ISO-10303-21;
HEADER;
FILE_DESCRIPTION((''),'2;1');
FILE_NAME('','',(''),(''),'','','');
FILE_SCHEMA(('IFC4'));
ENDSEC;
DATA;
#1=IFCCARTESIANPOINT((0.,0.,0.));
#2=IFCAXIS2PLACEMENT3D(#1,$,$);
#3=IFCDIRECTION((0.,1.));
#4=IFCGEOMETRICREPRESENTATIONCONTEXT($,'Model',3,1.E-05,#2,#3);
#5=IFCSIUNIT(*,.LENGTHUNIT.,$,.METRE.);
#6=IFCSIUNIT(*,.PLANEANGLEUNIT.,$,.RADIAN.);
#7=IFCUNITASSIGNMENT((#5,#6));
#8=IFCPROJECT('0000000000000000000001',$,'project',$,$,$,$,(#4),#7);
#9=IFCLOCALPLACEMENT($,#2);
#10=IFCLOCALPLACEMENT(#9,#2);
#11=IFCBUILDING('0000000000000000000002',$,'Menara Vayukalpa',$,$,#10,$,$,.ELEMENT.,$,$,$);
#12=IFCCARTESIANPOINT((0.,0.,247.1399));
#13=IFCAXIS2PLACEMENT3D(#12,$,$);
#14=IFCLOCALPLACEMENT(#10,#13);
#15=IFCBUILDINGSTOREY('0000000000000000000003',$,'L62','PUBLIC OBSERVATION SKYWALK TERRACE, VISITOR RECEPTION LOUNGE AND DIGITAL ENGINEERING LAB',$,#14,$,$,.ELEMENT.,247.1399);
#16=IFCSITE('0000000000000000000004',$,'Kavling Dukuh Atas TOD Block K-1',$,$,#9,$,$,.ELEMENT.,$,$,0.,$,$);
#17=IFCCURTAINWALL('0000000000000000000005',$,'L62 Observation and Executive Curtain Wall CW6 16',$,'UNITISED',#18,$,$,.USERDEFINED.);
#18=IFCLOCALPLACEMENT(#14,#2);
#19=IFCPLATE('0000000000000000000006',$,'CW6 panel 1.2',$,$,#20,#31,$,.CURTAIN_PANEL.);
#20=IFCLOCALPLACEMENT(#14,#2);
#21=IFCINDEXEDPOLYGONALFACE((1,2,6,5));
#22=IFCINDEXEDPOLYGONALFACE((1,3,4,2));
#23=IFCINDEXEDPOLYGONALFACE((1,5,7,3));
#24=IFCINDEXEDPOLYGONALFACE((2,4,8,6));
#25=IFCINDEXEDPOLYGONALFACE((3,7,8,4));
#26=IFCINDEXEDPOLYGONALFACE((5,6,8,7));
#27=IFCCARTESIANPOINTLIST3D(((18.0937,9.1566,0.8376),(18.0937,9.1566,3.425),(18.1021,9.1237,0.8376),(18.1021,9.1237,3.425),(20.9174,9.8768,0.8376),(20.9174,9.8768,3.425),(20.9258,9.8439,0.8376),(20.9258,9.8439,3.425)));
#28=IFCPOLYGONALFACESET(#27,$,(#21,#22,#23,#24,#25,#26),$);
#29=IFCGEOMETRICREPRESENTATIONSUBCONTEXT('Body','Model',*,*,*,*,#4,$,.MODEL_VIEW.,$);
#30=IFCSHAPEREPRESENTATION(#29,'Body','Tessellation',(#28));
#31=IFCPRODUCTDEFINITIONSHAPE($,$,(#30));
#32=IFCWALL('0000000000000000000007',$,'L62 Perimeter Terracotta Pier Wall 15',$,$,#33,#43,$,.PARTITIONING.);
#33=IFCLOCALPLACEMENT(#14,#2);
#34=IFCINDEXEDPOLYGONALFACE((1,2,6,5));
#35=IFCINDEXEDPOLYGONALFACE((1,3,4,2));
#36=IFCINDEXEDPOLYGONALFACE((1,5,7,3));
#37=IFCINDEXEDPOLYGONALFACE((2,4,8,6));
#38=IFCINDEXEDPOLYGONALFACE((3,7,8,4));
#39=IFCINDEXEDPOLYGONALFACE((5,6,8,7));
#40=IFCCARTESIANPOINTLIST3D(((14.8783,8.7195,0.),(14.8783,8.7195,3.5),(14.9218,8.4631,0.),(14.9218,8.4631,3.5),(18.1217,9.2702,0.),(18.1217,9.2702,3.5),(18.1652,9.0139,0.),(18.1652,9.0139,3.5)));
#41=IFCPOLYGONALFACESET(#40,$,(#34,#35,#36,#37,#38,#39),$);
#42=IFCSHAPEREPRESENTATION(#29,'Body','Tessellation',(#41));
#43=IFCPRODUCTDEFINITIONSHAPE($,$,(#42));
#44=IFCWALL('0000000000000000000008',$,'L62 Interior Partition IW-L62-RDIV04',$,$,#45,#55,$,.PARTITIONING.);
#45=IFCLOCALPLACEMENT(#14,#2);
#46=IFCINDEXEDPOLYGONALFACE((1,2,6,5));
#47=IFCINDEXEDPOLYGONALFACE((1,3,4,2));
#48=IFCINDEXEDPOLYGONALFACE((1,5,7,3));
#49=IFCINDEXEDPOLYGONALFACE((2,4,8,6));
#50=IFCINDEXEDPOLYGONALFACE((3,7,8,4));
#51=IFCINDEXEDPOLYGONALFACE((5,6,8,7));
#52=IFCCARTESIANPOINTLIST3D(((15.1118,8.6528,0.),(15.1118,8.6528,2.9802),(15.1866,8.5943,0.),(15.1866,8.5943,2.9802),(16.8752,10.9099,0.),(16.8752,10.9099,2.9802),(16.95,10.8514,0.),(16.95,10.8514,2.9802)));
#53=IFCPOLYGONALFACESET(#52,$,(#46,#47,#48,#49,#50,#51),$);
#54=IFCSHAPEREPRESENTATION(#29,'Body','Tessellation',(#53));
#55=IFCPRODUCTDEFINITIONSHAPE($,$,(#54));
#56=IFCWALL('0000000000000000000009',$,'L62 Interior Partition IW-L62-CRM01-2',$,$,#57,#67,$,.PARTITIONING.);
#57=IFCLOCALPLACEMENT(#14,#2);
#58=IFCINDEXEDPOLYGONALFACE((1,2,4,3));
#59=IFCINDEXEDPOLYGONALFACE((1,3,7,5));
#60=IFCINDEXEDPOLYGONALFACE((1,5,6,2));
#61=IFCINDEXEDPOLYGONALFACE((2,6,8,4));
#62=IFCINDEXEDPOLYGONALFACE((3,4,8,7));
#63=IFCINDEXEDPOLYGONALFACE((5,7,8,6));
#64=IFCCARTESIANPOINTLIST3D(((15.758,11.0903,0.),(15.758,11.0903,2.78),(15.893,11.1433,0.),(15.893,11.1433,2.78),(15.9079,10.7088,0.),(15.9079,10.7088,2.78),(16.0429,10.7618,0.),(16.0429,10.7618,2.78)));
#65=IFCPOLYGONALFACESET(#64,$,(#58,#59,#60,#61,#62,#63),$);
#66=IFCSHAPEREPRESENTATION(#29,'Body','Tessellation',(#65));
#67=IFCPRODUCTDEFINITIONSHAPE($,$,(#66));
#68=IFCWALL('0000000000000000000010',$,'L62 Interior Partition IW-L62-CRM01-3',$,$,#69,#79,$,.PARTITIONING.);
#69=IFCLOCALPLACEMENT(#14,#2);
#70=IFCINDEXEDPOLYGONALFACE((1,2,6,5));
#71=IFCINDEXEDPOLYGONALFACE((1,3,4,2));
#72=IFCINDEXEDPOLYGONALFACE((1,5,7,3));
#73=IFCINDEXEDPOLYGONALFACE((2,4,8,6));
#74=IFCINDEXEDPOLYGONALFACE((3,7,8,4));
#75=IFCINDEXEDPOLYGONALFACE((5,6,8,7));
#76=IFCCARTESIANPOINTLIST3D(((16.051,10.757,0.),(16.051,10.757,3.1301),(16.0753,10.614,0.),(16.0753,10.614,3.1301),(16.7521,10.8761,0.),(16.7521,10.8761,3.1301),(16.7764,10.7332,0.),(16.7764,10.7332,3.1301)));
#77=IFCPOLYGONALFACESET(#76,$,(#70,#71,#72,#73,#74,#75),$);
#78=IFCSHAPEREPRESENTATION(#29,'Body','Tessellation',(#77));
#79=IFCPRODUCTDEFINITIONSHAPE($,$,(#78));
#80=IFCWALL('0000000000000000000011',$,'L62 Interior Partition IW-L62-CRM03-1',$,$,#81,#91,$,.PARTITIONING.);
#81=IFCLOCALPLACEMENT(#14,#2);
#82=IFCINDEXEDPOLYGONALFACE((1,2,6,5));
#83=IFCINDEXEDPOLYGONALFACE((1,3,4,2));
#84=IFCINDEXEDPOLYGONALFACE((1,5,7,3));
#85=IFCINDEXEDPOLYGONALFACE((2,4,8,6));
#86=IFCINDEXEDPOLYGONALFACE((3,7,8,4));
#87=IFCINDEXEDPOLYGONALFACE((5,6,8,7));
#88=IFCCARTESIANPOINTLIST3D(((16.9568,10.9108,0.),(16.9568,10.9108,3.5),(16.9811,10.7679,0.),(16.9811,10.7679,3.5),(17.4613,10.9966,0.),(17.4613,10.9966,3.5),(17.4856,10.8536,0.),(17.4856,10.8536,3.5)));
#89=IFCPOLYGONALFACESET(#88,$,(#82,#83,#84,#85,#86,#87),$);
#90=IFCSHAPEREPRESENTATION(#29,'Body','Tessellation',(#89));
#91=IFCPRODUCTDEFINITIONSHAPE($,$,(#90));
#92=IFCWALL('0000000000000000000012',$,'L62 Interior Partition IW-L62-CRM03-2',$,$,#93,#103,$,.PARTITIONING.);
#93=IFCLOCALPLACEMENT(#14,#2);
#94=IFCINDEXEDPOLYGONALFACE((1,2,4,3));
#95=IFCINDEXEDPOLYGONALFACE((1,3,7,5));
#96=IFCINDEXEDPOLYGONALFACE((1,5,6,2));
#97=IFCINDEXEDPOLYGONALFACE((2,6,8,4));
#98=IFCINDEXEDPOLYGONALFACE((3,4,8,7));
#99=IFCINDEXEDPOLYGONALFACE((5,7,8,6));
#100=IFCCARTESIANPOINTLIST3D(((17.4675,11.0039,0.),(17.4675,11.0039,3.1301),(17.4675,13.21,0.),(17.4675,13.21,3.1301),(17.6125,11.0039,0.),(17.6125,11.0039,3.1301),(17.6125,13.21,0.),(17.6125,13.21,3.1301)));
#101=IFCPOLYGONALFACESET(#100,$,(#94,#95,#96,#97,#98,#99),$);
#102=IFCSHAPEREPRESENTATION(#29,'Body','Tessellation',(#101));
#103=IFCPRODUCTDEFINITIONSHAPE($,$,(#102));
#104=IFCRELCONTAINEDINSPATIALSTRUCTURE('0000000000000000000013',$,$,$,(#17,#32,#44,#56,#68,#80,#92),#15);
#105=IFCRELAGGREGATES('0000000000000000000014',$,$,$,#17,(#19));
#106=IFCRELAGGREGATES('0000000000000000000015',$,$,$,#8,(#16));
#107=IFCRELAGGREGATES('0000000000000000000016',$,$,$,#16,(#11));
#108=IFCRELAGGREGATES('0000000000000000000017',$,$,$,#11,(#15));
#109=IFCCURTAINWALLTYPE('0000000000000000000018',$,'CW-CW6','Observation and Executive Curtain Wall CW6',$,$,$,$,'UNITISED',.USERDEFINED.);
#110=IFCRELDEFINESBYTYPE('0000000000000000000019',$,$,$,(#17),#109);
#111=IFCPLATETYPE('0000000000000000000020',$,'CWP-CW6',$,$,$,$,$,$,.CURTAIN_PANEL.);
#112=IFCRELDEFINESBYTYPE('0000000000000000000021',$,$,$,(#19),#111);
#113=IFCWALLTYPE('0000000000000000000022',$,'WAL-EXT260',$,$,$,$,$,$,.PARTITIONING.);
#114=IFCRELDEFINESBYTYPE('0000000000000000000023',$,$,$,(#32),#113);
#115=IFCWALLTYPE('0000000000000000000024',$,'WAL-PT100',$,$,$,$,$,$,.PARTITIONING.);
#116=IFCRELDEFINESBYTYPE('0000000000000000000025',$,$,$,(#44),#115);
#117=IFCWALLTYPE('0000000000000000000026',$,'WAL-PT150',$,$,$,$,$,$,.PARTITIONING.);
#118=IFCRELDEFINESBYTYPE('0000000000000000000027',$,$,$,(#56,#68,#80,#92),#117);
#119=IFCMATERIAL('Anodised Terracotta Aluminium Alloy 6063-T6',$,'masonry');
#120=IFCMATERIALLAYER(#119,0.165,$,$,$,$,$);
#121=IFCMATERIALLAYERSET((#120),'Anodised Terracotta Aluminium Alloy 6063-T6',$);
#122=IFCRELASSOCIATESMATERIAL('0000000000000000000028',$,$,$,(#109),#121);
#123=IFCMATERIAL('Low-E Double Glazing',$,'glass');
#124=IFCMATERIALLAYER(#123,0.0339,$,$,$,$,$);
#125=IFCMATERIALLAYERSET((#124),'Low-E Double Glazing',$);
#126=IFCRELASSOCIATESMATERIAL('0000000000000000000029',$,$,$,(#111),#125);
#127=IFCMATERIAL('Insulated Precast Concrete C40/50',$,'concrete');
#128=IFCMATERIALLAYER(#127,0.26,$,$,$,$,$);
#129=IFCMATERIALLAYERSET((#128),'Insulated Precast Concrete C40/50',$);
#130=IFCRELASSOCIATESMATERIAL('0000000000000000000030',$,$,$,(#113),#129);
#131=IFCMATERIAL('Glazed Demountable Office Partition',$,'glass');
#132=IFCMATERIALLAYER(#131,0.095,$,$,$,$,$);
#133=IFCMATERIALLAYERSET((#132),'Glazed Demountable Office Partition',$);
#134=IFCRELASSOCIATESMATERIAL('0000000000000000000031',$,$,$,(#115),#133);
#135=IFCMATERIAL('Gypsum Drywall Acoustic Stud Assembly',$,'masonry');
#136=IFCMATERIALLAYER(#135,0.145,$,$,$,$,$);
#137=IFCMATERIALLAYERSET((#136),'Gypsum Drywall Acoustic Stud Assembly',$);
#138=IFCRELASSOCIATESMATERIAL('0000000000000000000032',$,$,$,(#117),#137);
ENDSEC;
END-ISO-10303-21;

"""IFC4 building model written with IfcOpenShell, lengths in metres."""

from ifc_helpers import new_model, si_unit, direction, frame, frame_2d, origin, origin_2d, place, context, subcontext, project, spatial, rectangle, extrude, material, layer, layer_set, type_object, element, aggregate, save


model = new_model("IFC4")

# Units and contexts
model_context = context("Model", 3, precision=1e-05, world=origin(), true_north=direction((0.0, 1.0)))
body_context = subcontext(model_context, "Body", "Model", "MODEL_VIEW")
ifc_project = project(units=[si_unit("LENGTHUNIT", "METRE"), si_unit("PLANEANGLEUNIT", "RADIAN")], contexts=[model_context])

# Site, building, storey
site_placement = place(None, origin())
site = spatial("IfcSite", under=ifc_project, at=site_placement, Name="Kavling Dukuh Atas TOD Block K-1", CompositionType="ELEMENT", RefElevation=0.0)
building_placement = place(site_placement, origin())
building = spatial("IfcBuilding", under=site, at=building_placement, Name="Menara Vayukalpa", CompositionType="ELEMENT")
storey_placement = place(building_placement, frame((0.0, 0.0, 247.1399)))
storey = spatial("IfcBuildingStorey", under=building, at=storey_placement, Name="L62", Description="PUBLIC OBSERVATION SKYWALK TERRACE, VISITOR RECEPTION LOUNGE AND DIGITAL ENGINEERING LAB", CompositionType="ELEMENT", Elevation=247.1399)

# Curtain wall, plate
ifc_material_1 = material(Name="Anodised Terracotta Aluminium Alloy 6063-T6", Category="masonry")
ifc_layer_1 = layer(ifc_material_1, 0.165)
ifc_layer_set_1 = layer_set([ifc_layer_1], Name="Anodised Terracotta Aluminium Alloy 6063-T6")
curtain_wall_type = type_object("IfcCurtainWallType", Name="CW-CW6", Description="Observation and Executive Curtain Wall CW6", ElementType="UNITISED", PredefinedType="USERDEFINED", material=ifc_layer_set_1)
curtain_wall_placement = place(storey_placement, origin())
curtain_wall = element("IfcCurtainWall", 1, at=curtain_wall_placement, inside=storey, type_object=curtain_wall_type, Name="L62 Observation and Executive Curtain Wall CW6 16", ObjectType="UNITISED", PredefinedType="USERDEFINED")
ifc_material_2 = material(Name="Low-E Double Glazing", Category="glass")
ifc_layer_2 = layer(ifc_material_2, 0.0339)
ifc_layer_set_2 = layer_set([ifc_layer_2], Name="Low-E Double Glazing")
plate_type = type_object("IfcPlateType", Name="CWP-CW6", PredefinedType="CURTAIN_PANEL", material=ifc_layer_set_2)
plate_1_placement = place(storey_placement, frame((19.5098, 9.5002, 0.8376), z_axis=(0.0, 0.0, 1.0), x_axis=(0.968983, 0.247127, 0.0)))
plate_1 = element("IfcPlate", 2, at=plate_1_placement, type_object=plate_type, Name="CW6 panel 1.2", PredefinedType="CURTAIN_PANEL", context=body_context, shape_type="SweptSolid", body=[
    extrude(rectangle(XDim=2.9141, YDim=0.0339, at=origin_2d()), origin(), (0.0, 0.0, 1.0), 2.5874),
])
aggregate(curtain_wall, [plate_1])

# Walls
ifc_material_3 = material(Name="Insulated Precast Concrete C40/50", Category="concrete")
ifc_layer_3 = layer(ifc_material_3, 0.26)
ifc_layer_set_3 = layer_set([ifc_layer_3], Name="Insulated Precast Concrete C40/50")
wall_type_1 = type_object("IfcWallType", Name="WAL-EXT260", PredefinedType="PARTITIONING", material=ifc_layer_set_3)
wall_1_placement = place(storey_placement, frame((18.1436, 9.1421, 0.0), z_axis=(0.0, 0.0, 1.0), x_axis=(-0.985886, -0.167419, 0.0)))
element("IfcWall", 3, at=wall_1_placement, inside=storey, type_object=wall_type_1, Name="L62 Perimeter Terracotta Pier Wall 15", PredefinedType="PARTITIONING", context=body_context, shape_type="SweptSolid", body=[
    extrude(rectangle(XDim=3.2898, YDim=0.26, at=frame_2d((1.645, 0.0))), origin(), (0.0, 0.0, 1.0), 3.5),
])
ifc_material_4 = material(Name="Glazed Demountable Office Partition", Category="glass")
ifc_layer_4 = layer(ifc_material_4, 0.095)
ifc_layer_set_4 = layer_set([ifc_layer_4], Name="Glazed Demountable Office Partition")
wall_type_2 = type_object("IfcWallType", Name="WAL-PT100", PredefinedType="PARTITIONING", material=ifc_layer_set_4)
wall_2_placement = place(storey_placement, frame((16.9126, 10.8806, 0.0), z_axis=(0.0, 0.0, 1.0), x_axis=(-0.615662, -0.78801, 0.0)))
element("IfcWall", 4, at=wall_2_placement, inside=storey, type_object=wall_type_2, Name="L62 Interior Partition IW-L62-RDIV04", PredefinedType="PARTITIONING", context=body_context, shape_type="SweptSolid", body=[
    extrude(rectangle(XDim=2.8643, YDim=0.095, at=frame_2d((1.4321, 0.0))), origin(), (0.0, 0.0, 1.0), 2.9802),
])
ifc_material_5 = material(Name="Gypsum Drywall Acoustic Stud Assembly", Category="masonry")
ifc_layer_5 = layer(ifc_material_5, 0.145)
ifc_layer_set_5 = layer_set([ifc_layer_5], Name="Gypsum Drywall Acoustic Stud Assembly")
wall_type_3 = type_object("IfcWallType", Name="WAL-PT150", PredefinedType="PARTITIONING", material=ifc_layer_set_5)
wall_3_placement = place(storey_placement, frame((15.8254, 11.1169, 0.0), z_axis=(0.0, 0.0, 1.0), x_axis=(0.365634, -0.930759, 0.0)))
element("IfcWall", 5, at=wall_3_placement, inside=storey, type_object=wall_type_3, Name="L62 Interior Partition IW-L62-CRM01-2", PredefinedType="PARTITIONING", context=body_context, shape_type="SweptSolid", body=[
    extrude(rectangle(XDim=0.4099, YDim=0.145, at=frame_2d((0.2051, 0.0))), origin(), (0.0, 0.0, 1.0), 2.78),
])
wall_4_placement = place(storey_placement, frame((16.0632, 10.6855, 0.0), z_axis=(0.0, 0.0, 1.0), x_axis=(0.985869, 0.167515, 0.0)))
element("IfcWall", 6, at=wall_4_placement, inside=storey, type_object=wall_type_3, Name="L62 Interior Partition IW-L62-CRM01-3", PredefinedType="PARTITIONING", context=body_context, shape_type="SweptSolid", body=[
    extrude(rectangle(XDim=0.7112, YDim=0.145, at=frame_2d((0.3555, 0.0))), origin(), (0.0, 0.0, 1.0), 3.1301),
])
wall_5_placement = place(storey_placement, frame((16.969, 10.8394, 0.0), z_axis=(0.0, 0.0, 1.0), x_axis=(0.985873, 0.167493, 0.0)))
element("IfcWall", 7, at=wall_5_placement, inside=storey, type_object=wall_type_3, Name="L62 Interior Partition IW-L62-CRM03-1", PredefinedType="PARTITIONING", context=body_context, shape_type="SweptSolid", body=[
    extrude(rectangle(XDim=0.5117, YDim=0.145, at=frame_2d((0.2559, 0.0))), origin(), (0.0, 0.0, 1.0), 3.5),
])
wall_6_placement = place(storey_placement, frame((17.54, 11.0039, 0.0), z_axis=(0.0, 0.0, 1.0), x_axis=(0.0, 1.0, 0.0)))
element("IfcWall", 8, at=wall_6_placement, inside=storey, type_object=wall_type_3, Name="L62 Interior Partition IW-L62-CRM03-2", PredefinedType="PARTITIONING", context=body_context, shape_type="SweptSolid", body=[
    extrude(rectangle(XDim=2.2061, YDim=0.145, at=frame_2d((1.103, 0.0))), origin(), (0.0, 0.0, 1.0), 3.1301),
])

save(model, "model.ifc")
